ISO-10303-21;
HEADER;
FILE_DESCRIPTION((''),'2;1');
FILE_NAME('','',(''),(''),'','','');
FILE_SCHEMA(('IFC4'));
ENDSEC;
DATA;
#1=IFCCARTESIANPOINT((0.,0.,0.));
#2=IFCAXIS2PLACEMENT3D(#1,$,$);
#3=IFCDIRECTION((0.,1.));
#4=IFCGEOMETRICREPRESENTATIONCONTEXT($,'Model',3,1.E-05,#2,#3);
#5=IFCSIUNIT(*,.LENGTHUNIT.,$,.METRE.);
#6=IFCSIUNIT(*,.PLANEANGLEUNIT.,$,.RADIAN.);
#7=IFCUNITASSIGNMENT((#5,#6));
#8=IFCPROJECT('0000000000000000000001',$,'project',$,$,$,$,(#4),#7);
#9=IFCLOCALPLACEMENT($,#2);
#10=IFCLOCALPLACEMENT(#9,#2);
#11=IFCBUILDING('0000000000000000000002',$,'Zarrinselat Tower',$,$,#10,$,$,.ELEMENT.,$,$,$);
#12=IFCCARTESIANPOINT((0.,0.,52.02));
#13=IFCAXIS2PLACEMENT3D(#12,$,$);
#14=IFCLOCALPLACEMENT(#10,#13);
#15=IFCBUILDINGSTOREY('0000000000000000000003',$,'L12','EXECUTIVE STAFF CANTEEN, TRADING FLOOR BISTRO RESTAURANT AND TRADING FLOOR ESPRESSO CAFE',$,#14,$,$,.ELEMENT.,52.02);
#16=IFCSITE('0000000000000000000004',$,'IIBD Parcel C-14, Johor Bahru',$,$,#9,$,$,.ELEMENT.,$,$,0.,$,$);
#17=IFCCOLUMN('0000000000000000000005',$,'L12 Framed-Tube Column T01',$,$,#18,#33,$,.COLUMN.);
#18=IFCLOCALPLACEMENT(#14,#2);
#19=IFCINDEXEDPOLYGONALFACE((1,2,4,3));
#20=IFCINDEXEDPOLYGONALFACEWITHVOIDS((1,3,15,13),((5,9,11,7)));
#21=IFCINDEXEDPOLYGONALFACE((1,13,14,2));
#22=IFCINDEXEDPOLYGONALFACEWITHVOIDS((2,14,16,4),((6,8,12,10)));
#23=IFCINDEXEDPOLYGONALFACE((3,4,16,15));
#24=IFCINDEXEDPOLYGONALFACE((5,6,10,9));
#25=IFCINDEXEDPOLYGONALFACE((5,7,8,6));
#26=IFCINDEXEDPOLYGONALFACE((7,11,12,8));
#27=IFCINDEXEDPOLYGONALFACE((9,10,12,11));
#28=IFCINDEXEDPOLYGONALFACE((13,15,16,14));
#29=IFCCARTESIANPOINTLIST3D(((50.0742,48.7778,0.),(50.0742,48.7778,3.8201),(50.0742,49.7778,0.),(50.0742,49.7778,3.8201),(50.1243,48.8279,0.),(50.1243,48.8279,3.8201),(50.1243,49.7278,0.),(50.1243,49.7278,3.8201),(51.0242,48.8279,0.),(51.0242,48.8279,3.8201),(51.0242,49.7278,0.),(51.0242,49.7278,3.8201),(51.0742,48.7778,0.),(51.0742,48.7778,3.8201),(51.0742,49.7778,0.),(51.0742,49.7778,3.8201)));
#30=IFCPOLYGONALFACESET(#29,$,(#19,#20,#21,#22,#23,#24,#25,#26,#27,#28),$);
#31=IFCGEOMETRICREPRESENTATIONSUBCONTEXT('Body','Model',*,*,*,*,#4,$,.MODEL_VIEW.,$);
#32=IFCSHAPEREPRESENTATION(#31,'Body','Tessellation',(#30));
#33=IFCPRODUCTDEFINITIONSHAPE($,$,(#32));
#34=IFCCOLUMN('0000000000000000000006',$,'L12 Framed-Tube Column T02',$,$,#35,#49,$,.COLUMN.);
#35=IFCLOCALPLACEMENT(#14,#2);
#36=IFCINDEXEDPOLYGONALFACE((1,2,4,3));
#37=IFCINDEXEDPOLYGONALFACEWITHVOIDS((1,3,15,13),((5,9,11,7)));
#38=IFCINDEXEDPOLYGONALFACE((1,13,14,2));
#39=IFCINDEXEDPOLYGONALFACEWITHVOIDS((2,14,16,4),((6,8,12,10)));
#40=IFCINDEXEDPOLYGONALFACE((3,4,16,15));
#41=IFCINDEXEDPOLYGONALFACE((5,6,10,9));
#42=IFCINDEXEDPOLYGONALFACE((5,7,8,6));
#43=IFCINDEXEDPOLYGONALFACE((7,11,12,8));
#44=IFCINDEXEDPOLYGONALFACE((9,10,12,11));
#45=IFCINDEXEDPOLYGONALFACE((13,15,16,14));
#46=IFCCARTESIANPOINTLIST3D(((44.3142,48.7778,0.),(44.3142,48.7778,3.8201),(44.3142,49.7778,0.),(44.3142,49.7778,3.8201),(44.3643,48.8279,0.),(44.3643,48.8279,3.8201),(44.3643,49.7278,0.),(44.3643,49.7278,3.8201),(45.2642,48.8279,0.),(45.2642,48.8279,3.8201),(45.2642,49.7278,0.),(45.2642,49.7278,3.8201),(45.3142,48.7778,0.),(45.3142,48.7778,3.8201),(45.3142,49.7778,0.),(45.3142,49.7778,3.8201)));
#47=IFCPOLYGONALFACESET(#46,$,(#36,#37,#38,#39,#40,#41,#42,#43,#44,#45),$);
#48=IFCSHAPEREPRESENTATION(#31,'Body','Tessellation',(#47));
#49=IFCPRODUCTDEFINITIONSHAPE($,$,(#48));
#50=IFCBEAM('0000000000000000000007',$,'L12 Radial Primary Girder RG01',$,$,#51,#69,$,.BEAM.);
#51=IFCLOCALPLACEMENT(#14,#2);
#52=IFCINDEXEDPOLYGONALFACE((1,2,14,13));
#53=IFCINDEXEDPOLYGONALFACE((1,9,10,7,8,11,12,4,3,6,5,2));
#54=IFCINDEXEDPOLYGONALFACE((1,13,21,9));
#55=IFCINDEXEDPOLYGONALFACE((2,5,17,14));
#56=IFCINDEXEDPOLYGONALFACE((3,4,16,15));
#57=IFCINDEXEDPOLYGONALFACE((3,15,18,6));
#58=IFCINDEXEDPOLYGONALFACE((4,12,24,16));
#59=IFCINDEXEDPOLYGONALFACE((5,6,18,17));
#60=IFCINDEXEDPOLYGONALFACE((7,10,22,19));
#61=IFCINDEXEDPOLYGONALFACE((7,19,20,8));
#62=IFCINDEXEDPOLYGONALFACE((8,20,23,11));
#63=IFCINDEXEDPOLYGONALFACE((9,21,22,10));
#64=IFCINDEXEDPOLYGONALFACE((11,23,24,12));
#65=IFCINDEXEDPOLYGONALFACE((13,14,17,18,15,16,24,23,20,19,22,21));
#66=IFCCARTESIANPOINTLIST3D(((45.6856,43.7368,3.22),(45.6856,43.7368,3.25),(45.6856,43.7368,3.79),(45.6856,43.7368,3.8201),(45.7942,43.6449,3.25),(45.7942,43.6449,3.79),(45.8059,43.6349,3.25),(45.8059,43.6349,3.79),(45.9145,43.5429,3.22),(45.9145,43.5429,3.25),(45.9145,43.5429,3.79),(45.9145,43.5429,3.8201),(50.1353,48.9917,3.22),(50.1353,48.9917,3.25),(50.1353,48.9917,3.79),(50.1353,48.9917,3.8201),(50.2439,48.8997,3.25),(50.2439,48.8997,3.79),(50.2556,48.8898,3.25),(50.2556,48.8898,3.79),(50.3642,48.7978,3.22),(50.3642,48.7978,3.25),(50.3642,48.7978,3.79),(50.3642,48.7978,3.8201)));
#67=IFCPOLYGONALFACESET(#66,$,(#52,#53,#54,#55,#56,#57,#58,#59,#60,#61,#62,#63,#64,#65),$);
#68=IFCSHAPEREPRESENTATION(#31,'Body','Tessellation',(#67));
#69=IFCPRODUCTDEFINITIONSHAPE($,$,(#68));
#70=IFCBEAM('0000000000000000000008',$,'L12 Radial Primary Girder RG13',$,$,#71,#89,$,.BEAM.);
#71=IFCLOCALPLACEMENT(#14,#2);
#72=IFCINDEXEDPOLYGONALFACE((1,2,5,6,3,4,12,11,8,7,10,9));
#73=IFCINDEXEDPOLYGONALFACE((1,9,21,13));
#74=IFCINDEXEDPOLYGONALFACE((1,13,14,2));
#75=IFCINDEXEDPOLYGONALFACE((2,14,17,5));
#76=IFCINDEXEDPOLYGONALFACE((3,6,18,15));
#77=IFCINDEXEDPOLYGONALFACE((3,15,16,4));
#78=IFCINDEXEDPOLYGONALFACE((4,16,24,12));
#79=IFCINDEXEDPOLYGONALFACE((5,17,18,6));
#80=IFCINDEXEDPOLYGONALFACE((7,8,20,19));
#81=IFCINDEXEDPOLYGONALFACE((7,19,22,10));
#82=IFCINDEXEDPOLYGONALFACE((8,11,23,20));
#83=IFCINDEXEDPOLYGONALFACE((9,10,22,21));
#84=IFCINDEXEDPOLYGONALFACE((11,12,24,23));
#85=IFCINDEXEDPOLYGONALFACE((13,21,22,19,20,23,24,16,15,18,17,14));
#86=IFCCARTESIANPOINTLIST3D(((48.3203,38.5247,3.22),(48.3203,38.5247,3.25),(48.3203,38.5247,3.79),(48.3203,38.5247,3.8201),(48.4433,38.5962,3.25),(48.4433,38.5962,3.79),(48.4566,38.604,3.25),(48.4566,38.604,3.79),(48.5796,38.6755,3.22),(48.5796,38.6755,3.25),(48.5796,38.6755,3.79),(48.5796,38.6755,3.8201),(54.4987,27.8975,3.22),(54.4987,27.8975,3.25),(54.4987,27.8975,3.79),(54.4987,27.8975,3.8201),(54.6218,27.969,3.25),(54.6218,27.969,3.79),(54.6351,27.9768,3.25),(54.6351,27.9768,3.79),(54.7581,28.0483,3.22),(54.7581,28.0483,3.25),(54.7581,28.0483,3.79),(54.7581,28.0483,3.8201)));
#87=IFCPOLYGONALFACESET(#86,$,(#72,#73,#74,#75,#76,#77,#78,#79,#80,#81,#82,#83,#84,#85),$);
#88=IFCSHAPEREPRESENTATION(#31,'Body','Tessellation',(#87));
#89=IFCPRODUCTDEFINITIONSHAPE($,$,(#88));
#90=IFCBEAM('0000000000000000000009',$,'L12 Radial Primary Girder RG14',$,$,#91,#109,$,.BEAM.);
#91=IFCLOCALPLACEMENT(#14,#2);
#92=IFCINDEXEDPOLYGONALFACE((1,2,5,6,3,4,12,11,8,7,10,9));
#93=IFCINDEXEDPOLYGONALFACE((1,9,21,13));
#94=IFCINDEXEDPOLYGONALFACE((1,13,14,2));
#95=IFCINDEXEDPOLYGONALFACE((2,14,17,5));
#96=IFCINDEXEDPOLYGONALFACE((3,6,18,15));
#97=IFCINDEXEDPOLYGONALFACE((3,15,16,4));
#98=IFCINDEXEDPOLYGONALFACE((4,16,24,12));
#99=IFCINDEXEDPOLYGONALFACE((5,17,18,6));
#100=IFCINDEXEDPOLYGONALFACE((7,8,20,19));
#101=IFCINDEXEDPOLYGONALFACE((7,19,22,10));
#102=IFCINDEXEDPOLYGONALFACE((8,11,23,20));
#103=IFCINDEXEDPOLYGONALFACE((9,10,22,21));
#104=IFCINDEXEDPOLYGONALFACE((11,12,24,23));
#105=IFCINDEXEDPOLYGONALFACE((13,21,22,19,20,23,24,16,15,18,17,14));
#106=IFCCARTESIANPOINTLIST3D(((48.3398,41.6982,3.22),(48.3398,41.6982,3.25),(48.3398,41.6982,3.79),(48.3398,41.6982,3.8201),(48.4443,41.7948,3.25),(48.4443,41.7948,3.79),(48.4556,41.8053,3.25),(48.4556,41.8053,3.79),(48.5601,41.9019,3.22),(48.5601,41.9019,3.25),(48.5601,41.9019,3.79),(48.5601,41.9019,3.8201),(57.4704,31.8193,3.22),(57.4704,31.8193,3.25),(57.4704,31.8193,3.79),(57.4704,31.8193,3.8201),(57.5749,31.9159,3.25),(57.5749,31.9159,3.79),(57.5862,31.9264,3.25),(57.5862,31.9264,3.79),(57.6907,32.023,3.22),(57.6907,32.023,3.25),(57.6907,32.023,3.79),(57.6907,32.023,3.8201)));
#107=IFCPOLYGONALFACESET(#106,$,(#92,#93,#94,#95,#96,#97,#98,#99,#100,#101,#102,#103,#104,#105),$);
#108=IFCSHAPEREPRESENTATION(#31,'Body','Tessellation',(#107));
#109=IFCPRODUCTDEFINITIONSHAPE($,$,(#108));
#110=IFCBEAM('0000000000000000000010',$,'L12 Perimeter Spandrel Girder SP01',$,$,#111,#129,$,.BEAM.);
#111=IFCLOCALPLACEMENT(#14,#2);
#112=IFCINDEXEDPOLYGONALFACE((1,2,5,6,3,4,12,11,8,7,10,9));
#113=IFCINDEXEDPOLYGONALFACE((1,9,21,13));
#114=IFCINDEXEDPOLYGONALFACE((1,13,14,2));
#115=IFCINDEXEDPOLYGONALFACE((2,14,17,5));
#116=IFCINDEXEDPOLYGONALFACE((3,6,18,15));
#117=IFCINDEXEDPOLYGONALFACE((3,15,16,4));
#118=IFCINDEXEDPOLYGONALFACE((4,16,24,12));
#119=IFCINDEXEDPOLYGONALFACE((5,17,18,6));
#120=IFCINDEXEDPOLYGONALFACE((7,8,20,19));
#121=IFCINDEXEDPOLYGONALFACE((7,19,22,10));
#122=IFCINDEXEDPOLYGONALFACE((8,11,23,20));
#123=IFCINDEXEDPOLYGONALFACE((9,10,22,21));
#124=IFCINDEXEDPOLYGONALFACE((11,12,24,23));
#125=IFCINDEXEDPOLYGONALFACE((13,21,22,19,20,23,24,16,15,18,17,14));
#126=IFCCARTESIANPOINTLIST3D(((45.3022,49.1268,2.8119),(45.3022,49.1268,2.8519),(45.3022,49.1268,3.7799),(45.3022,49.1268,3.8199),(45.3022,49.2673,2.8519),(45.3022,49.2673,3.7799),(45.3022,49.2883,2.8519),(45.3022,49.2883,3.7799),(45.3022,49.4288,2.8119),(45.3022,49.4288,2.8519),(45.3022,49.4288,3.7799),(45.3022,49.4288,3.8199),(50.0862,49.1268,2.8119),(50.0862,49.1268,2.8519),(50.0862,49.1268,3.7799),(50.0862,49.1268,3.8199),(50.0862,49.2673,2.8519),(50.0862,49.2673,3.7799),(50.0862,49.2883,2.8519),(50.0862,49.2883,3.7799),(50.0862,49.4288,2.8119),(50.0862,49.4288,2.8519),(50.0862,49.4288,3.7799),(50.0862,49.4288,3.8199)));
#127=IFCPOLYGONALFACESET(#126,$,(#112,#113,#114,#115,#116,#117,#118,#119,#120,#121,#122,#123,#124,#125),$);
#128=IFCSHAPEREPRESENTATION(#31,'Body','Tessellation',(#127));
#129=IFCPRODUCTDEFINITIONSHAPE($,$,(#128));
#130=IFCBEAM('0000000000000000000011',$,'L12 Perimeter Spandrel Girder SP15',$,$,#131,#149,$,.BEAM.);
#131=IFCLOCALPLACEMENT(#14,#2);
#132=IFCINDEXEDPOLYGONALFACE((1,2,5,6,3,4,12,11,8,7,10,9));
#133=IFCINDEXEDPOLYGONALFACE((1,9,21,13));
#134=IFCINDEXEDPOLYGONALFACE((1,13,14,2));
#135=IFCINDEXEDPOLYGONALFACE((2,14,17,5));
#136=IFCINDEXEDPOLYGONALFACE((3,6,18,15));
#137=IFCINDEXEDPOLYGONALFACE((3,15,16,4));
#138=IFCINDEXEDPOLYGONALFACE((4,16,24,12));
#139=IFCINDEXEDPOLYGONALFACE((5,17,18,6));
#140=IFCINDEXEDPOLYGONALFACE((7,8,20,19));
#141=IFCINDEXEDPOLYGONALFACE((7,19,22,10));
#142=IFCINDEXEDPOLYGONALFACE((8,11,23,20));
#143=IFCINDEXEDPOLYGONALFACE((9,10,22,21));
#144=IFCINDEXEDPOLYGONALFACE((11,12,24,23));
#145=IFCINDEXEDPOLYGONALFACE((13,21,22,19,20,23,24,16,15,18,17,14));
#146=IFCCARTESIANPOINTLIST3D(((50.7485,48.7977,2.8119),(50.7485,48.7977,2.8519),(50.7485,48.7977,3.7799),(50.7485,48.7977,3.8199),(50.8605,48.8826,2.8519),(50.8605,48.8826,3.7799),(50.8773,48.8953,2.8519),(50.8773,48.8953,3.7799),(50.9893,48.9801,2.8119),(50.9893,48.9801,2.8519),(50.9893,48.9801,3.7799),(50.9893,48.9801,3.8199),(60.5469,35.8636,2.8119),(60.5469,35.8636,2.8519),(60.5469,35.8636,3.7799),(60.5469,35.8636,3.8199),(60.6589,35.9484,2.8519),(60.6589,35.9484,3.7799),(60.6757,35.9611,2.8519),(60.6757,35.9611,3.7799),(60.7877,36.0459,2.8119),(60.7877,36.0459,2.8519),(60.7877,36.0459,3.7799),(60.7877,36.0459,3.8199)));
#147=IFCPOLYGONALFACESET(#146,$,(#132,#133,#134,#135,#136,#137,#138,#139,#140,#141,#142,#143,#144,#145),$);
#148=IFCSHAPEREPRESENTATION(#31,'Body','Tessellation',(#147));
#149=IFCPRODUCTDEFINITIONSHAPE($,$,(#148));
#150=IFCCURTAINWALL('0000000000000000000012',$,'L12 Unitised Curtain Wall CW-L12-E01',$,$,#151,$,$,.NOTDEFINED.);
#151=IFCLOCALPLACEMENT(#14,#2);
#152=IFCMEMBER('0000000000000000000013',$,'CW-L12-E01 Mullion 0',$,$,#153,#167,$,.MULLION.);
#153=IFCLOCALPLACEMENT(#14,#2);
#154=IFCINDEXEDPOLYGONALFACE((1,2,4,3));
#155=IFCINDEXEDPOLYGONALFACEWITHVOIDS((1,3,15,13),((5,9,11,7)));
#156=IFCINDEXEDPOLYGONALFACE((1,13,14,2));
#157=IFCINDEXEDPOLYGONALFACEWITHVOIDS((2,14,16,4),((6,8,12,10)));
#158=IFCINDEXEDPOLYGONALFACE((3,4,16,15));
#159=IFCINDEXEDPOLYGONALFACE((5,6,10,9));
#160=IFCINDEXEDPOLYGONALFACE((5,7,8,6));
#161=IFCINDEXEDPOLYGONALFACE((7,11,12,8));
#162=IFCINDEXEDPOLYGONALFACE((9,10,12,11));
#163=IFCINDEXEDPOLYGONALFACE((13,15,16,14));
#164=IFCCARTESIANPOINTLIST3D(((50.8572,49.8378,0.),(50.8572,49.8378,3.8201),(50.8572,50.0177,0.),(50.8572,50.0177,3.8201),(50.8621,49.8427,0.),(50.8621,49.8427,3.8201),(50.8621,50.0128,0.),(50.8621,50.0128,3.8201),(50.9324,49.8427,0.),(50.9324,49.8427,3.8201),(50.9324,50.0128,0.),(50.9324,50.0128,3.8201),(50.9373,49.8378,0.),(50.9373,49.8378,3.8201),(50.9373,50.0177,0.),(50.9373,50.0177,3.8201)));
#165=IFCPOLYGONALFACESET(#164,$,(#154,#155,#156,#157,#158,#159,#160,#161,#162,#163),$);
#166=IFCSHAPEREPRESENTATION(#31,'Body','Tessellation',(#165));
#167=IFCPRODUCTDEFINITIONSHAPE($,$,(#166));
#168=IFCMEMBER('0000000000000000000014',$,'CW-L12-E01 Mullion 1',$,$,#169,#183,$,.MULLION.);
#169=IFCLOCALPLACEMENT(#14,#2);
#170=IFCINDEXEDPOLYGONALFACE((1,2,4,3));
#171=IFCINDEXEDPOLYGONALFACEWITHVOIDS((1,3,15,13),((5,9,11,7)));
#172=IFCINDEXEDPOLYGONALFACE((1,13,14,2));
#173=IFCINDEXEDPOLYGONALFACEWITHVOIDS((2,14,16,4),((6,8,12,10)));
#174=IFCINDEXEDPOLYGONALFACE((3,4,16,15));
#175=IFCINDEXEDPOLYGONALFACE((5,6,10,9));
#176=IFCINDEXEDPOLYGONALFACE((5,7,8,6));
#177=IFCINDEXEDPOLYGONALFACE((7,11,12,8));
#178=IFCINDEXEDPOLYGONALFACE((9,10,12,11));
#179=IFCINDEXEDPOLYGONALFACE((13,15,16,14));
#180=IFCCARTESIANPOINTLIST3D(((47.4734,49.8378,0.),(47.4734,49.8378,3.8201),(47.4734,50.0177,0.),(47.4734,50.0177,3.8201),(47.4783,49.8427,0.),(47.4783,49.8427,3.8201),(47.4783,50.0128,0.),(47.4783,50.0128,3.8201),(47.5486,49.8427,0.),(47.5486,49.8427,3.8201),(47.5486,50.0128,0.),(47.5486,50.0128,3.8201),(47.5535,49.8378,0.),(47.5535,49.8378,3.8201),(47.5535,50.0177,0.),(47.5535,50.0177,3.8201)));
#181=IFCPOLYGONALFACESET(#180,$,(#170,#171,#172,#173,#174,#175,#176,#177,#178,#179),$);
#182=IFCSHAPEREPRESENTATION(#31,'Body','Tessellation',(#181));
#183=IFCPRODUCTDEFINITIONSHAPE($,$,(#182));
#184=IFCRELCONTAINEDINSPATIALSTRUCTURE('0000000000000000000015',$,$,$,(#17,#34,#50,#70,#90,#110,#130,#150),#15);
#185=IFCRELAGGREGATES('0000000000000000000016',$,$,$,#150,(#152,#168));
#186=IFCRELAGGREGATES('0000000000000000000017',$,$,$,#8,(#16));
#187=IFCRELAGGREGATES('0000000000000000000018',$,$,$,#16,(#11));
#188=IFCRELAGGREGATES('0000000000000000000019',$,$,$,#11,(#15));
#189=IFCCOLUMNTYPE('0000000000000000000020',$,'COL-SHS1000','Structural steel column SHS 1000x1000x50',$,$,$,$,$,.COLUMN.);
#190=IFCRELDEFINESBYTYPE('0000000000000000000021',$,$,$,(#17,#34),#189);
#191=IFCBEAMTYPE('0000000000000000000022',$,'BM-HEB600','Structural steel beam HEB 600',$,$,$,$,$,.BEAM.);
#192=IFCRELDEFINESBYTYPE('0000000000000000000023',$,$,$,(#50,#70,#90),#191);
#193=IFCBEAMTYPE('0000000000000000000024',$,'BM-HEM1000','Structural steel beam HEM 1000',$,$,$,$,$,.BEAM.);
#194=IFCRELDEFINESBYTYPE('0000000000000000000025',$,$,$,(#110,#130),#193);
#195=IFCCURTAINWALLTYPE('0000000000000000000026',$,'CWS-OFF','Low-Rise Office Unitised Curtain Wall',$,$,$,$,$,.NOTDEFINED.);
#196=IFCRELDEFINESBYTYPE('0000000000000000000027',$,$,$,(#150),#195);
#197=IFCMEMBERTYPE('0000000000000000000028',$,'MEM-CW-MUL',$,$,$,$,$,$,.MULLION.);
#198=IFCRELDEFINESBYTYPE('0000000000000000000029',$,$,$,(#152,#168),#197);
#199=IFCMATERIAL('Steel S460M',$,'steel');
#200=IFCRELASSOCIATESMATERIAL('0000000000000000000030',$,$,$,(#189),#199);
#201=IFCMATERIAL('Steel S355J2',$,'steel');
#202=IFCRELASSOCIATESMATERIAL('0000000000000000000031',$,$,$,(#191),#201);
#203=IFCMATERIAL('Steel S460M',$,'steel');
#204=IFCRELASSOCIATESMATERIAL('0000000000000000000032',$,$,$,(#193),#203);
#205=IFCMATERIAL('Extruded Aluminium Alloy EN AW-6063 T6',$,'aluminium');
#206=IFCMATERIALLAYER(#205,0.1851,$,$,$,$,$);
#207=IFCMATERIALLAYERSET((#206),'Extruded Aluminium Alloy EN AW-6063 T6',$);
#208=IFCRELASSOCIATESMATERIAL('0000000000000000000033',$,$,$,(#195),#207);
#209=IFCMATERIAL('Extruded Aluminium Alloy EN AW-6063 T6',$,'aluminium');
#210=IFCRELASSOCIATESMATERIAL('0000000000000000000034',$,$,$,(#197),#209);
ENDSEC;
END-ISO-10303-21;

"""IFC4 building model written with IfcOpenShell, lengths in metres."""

from ifc_helpers import new_model, si_unit, direction, frame, origin, origin_2d, place, context, subcontext, project, spatial, hollow_rectangle, i_section, extrude, material, layer, layer_set, material_profile, profile_set, type_object, element, aggregate, save


model = new_model("IFC4")

# Units and contexts
model_context = context("Model", 3, precision=1e-05, world=origin(), true_north=direction((0.0, 1.0)))
body_context = subcontext(model_context, "Body", "Model", "MODEL_VIEW")
ifc_project = project(units=[si_unit("LENGTHUNIT", "METRE"), si_unit("PLANEANGLEUNIT", "RADIAN")], contexts=[model_context])

# Site, building, storey
site_placement = place(None, origin())
site = spatial("IfcSite", under=ifc_project, at=site_placement, Name="IIBD Parcel C-14, Johor Bahru", CompositionType="ELEMENT", RefElevation=0.0)
building_placement = place(site_placement, origin())
building = spatial("IfcBuilding", under=site, at=building_placement, Name="Zarrinselat Tower", CompositionType="ELEMENT")
storey_placement = place(building_placement, frame((0.0, 0.0, 52.02)))
storey = spatial("IfcBuildingStorey", under=building, at=storey_placement, Name="L12", Description="EXECUTIVE STAFF CANTEEN, TRADING FLOOR BISTRO RESTAURANT AND TRADING FLOOR ESPRESSO CAFE", CompositionType="ELEMENT", Elevation=52.02)

# Columns
ifc_material_1 = material(Name="Steel S460M", Category="steel")
ifc_material_profile_1 = material_profile(ifc_material_1, hollow_rectangle(XDim=1.0, YDim=1.0, WallThickness=0.05, at=origin_2d()), Name="SHS 1000x1000x50")
ifc_profile_set_1 = profile_set([ifc_material_profile_1], Name="Steel S460M")
column_type = type_object("IfcColumnType", Name="COL-SHS1000", Description="Structural steel column SHS 1000x1000x50", PredefinedType="COLUMN", material=ifc_profile_set_1)
for number, where, z_axis, x_axis, name in (
    (1, (50.5742, 49.2778, 0.0), (0.0, 0.0, 1.0), (1.0, 0.0, 0.0), "L12 Framed-Tube Column T01"),
    (2, (44.8142, 49.2778, 0.0), (0.0, 0.0, 1.0), (1.0, 0.0, 0.0), "L12 Framed-Tube Column T02"),
):
    element("IfcColumn", number, at=place(storey_placement, frame(where, z_axis=z_axis, x_axis=x_axis)), inside=storey, type_object=column_type, Name=name, PredefinedType="COLUMN", context=body_context, shape_type="SweptSolid", body=[
        extrude(hollow_rectangle(XDim=1.0, YDim=1.0, WallThickness=0.05, at=origin_2d()), origin(), (0.0, 0.0, 1.0), 3.8201),
    ])

# Beams
ifc_material_2 = material(Name="Steel S355J2", Category="steel")
ifc_material_profile_2 = material_profile(ifc_material_2, i_section(OverallWidth=0.3, OverallDepth=0.6001, WebThickness=0.0154, FlangeThickness=0.03, at=origin_2d()), Name="HEB 600")
ifc_profile_set_2 = profile_set([ifc_material_profile_2], Name="Steel S355J2")
beam_type_1 = type_object("IfcBeamType", Name="BM-HEB600", Description="Structural steel beam HEB 600", PredefinedType="BEAM", material=ifc_profile_set_2)
beam_1_placement = place(storey_placement, frame((45.8, 43.6399, 3.52), z_axis=(0.646219, 0.763152, 0.0), x_axis=(-0.763152, 0.646219, 0.0)))
element("IfcBeam", 3, at=beam_1_placement, inside=storey, type_object=beam_type_1, Name="L12 Radial Primary Girder RG01", PredefinedType="BEAM", context=body_context, shape_type="SweptSolid", body=[
    extrude(i_section(OverallWidth=0.3, OverallDepth=0.6001, WebThickness=0.0154, FlangeThickness=0.03, at=origin_2d()), origin(), (0.0, 0.0, 1.0), 6.8857),
])
beam_2_placement = place(storey_placement, frame((48.45, 38.6001, 3.52), z_axis=(0.502612, -0.864512, 0.0), x_axis=(0.864512, 0.502612, 0.0)))
element("IfcBeam", 4, at=beam_2_placement, inside=storey, type_object=beam_type_1, Name="L12 Radial Primary Girder RG13", PredefinedType="BEAM", context=body_context, shape_type="SweptSolid", body=[
    extrude(i_section(OverallWidth=0.3, OverallDepth=0.6001, WebThickness=0.0154, FlangeThickness=0.03, at=origin_2d()), origin(), (0.0, 0.0, 1.0), 12.2927),
])
beam_3_placement = place(storey_placement, frame((48.45, 41.8, 3.52), z_axis=(0.678747, -0.734373, 0.0), x_axis=(0.734373, 0.678747, 0.0)))
element("IfcBeam", 5, at=beam_3_placement, inside=storey, type_object=beam_type_1, Name="L12 Radial Primary Girder RG14", PredefinedType="BEAM", context=body_context, shape_type="SweptSolid", body=[
    extrude(i_section(OverallWidth=0.3, OverallDepth=0.6001, WebThickness=0.0154, FlangeThickness=0.03, at=origin_2d()), origin(), (0.0, 0.0, 1.0), 13.4521),
])
ifc_material_3 = material(Name="Steel S460M", Category="steel")
ifc_material_profile_3 = material_profile(ifc_material_3, i_section(OverallWidth=0.302, OverallDepth=1.0081, WebThickness=0.021, FlangeThickness=0.04, at=origin_2d()), Name="HEM 1000")
ifc_profile_set_3 = profile_set([ifc_material_profile_3], Name="Steel S460M")
beam_type_2 = type_object("IfcBeamType", Name="BM-HEM1000", Description="Structural steel beam HEM 1000", PredefinedType="BEAM", material=ifc_profile_set_3)
beam_4_placement = place(storey_placement, frame((45.3022, 49.2778, 3.3159), z_axis=(1.0, 0.0, 0.0), x_axis=(0.0, 1.0, 0.0)))
element("IfcBeam", 6, at=beam_4_placement, inside=storey, type_object=beam_type_2, Name="L12 Perimeter Spandrel Girder SP01", PredefinedType="BEAM", context=body_context, shape_type="SweptSolid", body=[
    extrude(i_section(OverallWidth=0.302, OverallDepth=1.0081, WebThickness=0.021, FlangeThickness=0.04, at=origin_2d()), origin(), (0.0, 0.0, 1.0), 4.7839),
])
beam_5_placement = place(storey_placement, frame((50.8689, 48.8889, 3.3159), z_axis=(0.60385, -0.797098, 0.0), x_axis=(0.797098, 0.60385, 0.0)))
element("IfcBeam", 7, at=beam_5_placement, inside=storey, type_object=beam_type_2, Name="L12 Perimeter Spandrel Girder SP15", PredefinedType="BEAM", context=body_context, shape_type="SweptSolid", body=[
    extrude(i_section(OverallWidth=0.302, OverallDepth=1.0081, WebThickness=0.021, FlangeThickness=0.04, at=origin_2d()), origin(), (0.0, 0.0, 1.0), 16.2266),
])

# Curtain wall, members
ifc_material_4 = material(Name="Extruded Aluminium Alloy EN AW-6063 T6", Category="aluminium")
ifc_layer_1 = layer(ifc_material_4, 0.1851)
ifc_layer_set_1 = layer_set([ifc_layer_1], Name="Extruded Aluminium Alloy EN AW-6063 T6")
curtain_wall_type = type_object("IfcCurtainWallType", Name="CWS-OFF", Description="Low-Rise Office Unitised Curtain Wall", PredefinedType="NOTDEFINED", material=ifc_layer_set_1)
curtain_wall_1_placement = place(storey_placement, origin())
curtain_wall_1 = element("IfcCurtainWall", 8, at=curtain_wall_1_placement, inside=storey, type_object=curtain_wall_type, Name="L12 Unitised Curtain Wall CW-L12-E01", PredefinedType="NOTDEFINED")
ifc_material_5 = material(Name="Extruded Aluminium Alloy EN AW-6063 T6", Category="aluminium")
ifc_material_profile_4 = material_profile(ifc_material_5, hollow_rectangle(XDim=0.0801, YDim=0.1799, WallThickness=0.0049, at=origin_2d()), Name="RHS 180x80x5")
ifc_profile_set_4 = profile_set([ifc_material_profile_4], Name="Extruded Aluminium Alloy EN AW-6063 T6")
member_type_1 = type_object("IfcMemberType", Name="MEM-CW-MUL", PredefinedType="MULLION", material=ifc_profile_set_4)
member_1_placement = place(storey_placement, frame((50.8972, 49.9277, 0.0), z_axis=(0.0, 0.0, 1.0), x_axis=(-1.0, 0.0, 0.0)))
member_1 = element("IfcMember", 9, at=member_1_placement, type_object=member_type_1, Name="CW-L12-E01 Mullion 0", PredefinedType="MULLION", context=body_context, shape_type="SweptSolid", body=[
    extrude(hollow_rectangle(XDim=0.0801, YDim=0.1799, WallThickness=0.0049, at=origin_2d()), origin(), (0.0, 0.0, 1.0), 3.8201),
])
member_2_placement = place(storey_placement, frame((47.5134, 49.9277, 0.0), z_axis=(0.0, 0.0, 1.0), x_axis=(-1.0, 0.0, 0.0)))
member_2 = element("IfcMember", 10, at=member_2_placement, type_object=member_type_1, Name="CW-L12-E01 Mullion 1", PredefinedType="MULLION", context=body_context, shape_type="SweptSolid", body=[
    extrude(hollow_rectangle(XDim=0.0801, YDim=0.1799, WallThickness=0.0049, at=origin_2d()), origin(), (0.0, 0.0, 1.0), 3.8201),
])

aggregate(curtain_wall_1, [member_1, member_2])

save(model, "model.ifc")
